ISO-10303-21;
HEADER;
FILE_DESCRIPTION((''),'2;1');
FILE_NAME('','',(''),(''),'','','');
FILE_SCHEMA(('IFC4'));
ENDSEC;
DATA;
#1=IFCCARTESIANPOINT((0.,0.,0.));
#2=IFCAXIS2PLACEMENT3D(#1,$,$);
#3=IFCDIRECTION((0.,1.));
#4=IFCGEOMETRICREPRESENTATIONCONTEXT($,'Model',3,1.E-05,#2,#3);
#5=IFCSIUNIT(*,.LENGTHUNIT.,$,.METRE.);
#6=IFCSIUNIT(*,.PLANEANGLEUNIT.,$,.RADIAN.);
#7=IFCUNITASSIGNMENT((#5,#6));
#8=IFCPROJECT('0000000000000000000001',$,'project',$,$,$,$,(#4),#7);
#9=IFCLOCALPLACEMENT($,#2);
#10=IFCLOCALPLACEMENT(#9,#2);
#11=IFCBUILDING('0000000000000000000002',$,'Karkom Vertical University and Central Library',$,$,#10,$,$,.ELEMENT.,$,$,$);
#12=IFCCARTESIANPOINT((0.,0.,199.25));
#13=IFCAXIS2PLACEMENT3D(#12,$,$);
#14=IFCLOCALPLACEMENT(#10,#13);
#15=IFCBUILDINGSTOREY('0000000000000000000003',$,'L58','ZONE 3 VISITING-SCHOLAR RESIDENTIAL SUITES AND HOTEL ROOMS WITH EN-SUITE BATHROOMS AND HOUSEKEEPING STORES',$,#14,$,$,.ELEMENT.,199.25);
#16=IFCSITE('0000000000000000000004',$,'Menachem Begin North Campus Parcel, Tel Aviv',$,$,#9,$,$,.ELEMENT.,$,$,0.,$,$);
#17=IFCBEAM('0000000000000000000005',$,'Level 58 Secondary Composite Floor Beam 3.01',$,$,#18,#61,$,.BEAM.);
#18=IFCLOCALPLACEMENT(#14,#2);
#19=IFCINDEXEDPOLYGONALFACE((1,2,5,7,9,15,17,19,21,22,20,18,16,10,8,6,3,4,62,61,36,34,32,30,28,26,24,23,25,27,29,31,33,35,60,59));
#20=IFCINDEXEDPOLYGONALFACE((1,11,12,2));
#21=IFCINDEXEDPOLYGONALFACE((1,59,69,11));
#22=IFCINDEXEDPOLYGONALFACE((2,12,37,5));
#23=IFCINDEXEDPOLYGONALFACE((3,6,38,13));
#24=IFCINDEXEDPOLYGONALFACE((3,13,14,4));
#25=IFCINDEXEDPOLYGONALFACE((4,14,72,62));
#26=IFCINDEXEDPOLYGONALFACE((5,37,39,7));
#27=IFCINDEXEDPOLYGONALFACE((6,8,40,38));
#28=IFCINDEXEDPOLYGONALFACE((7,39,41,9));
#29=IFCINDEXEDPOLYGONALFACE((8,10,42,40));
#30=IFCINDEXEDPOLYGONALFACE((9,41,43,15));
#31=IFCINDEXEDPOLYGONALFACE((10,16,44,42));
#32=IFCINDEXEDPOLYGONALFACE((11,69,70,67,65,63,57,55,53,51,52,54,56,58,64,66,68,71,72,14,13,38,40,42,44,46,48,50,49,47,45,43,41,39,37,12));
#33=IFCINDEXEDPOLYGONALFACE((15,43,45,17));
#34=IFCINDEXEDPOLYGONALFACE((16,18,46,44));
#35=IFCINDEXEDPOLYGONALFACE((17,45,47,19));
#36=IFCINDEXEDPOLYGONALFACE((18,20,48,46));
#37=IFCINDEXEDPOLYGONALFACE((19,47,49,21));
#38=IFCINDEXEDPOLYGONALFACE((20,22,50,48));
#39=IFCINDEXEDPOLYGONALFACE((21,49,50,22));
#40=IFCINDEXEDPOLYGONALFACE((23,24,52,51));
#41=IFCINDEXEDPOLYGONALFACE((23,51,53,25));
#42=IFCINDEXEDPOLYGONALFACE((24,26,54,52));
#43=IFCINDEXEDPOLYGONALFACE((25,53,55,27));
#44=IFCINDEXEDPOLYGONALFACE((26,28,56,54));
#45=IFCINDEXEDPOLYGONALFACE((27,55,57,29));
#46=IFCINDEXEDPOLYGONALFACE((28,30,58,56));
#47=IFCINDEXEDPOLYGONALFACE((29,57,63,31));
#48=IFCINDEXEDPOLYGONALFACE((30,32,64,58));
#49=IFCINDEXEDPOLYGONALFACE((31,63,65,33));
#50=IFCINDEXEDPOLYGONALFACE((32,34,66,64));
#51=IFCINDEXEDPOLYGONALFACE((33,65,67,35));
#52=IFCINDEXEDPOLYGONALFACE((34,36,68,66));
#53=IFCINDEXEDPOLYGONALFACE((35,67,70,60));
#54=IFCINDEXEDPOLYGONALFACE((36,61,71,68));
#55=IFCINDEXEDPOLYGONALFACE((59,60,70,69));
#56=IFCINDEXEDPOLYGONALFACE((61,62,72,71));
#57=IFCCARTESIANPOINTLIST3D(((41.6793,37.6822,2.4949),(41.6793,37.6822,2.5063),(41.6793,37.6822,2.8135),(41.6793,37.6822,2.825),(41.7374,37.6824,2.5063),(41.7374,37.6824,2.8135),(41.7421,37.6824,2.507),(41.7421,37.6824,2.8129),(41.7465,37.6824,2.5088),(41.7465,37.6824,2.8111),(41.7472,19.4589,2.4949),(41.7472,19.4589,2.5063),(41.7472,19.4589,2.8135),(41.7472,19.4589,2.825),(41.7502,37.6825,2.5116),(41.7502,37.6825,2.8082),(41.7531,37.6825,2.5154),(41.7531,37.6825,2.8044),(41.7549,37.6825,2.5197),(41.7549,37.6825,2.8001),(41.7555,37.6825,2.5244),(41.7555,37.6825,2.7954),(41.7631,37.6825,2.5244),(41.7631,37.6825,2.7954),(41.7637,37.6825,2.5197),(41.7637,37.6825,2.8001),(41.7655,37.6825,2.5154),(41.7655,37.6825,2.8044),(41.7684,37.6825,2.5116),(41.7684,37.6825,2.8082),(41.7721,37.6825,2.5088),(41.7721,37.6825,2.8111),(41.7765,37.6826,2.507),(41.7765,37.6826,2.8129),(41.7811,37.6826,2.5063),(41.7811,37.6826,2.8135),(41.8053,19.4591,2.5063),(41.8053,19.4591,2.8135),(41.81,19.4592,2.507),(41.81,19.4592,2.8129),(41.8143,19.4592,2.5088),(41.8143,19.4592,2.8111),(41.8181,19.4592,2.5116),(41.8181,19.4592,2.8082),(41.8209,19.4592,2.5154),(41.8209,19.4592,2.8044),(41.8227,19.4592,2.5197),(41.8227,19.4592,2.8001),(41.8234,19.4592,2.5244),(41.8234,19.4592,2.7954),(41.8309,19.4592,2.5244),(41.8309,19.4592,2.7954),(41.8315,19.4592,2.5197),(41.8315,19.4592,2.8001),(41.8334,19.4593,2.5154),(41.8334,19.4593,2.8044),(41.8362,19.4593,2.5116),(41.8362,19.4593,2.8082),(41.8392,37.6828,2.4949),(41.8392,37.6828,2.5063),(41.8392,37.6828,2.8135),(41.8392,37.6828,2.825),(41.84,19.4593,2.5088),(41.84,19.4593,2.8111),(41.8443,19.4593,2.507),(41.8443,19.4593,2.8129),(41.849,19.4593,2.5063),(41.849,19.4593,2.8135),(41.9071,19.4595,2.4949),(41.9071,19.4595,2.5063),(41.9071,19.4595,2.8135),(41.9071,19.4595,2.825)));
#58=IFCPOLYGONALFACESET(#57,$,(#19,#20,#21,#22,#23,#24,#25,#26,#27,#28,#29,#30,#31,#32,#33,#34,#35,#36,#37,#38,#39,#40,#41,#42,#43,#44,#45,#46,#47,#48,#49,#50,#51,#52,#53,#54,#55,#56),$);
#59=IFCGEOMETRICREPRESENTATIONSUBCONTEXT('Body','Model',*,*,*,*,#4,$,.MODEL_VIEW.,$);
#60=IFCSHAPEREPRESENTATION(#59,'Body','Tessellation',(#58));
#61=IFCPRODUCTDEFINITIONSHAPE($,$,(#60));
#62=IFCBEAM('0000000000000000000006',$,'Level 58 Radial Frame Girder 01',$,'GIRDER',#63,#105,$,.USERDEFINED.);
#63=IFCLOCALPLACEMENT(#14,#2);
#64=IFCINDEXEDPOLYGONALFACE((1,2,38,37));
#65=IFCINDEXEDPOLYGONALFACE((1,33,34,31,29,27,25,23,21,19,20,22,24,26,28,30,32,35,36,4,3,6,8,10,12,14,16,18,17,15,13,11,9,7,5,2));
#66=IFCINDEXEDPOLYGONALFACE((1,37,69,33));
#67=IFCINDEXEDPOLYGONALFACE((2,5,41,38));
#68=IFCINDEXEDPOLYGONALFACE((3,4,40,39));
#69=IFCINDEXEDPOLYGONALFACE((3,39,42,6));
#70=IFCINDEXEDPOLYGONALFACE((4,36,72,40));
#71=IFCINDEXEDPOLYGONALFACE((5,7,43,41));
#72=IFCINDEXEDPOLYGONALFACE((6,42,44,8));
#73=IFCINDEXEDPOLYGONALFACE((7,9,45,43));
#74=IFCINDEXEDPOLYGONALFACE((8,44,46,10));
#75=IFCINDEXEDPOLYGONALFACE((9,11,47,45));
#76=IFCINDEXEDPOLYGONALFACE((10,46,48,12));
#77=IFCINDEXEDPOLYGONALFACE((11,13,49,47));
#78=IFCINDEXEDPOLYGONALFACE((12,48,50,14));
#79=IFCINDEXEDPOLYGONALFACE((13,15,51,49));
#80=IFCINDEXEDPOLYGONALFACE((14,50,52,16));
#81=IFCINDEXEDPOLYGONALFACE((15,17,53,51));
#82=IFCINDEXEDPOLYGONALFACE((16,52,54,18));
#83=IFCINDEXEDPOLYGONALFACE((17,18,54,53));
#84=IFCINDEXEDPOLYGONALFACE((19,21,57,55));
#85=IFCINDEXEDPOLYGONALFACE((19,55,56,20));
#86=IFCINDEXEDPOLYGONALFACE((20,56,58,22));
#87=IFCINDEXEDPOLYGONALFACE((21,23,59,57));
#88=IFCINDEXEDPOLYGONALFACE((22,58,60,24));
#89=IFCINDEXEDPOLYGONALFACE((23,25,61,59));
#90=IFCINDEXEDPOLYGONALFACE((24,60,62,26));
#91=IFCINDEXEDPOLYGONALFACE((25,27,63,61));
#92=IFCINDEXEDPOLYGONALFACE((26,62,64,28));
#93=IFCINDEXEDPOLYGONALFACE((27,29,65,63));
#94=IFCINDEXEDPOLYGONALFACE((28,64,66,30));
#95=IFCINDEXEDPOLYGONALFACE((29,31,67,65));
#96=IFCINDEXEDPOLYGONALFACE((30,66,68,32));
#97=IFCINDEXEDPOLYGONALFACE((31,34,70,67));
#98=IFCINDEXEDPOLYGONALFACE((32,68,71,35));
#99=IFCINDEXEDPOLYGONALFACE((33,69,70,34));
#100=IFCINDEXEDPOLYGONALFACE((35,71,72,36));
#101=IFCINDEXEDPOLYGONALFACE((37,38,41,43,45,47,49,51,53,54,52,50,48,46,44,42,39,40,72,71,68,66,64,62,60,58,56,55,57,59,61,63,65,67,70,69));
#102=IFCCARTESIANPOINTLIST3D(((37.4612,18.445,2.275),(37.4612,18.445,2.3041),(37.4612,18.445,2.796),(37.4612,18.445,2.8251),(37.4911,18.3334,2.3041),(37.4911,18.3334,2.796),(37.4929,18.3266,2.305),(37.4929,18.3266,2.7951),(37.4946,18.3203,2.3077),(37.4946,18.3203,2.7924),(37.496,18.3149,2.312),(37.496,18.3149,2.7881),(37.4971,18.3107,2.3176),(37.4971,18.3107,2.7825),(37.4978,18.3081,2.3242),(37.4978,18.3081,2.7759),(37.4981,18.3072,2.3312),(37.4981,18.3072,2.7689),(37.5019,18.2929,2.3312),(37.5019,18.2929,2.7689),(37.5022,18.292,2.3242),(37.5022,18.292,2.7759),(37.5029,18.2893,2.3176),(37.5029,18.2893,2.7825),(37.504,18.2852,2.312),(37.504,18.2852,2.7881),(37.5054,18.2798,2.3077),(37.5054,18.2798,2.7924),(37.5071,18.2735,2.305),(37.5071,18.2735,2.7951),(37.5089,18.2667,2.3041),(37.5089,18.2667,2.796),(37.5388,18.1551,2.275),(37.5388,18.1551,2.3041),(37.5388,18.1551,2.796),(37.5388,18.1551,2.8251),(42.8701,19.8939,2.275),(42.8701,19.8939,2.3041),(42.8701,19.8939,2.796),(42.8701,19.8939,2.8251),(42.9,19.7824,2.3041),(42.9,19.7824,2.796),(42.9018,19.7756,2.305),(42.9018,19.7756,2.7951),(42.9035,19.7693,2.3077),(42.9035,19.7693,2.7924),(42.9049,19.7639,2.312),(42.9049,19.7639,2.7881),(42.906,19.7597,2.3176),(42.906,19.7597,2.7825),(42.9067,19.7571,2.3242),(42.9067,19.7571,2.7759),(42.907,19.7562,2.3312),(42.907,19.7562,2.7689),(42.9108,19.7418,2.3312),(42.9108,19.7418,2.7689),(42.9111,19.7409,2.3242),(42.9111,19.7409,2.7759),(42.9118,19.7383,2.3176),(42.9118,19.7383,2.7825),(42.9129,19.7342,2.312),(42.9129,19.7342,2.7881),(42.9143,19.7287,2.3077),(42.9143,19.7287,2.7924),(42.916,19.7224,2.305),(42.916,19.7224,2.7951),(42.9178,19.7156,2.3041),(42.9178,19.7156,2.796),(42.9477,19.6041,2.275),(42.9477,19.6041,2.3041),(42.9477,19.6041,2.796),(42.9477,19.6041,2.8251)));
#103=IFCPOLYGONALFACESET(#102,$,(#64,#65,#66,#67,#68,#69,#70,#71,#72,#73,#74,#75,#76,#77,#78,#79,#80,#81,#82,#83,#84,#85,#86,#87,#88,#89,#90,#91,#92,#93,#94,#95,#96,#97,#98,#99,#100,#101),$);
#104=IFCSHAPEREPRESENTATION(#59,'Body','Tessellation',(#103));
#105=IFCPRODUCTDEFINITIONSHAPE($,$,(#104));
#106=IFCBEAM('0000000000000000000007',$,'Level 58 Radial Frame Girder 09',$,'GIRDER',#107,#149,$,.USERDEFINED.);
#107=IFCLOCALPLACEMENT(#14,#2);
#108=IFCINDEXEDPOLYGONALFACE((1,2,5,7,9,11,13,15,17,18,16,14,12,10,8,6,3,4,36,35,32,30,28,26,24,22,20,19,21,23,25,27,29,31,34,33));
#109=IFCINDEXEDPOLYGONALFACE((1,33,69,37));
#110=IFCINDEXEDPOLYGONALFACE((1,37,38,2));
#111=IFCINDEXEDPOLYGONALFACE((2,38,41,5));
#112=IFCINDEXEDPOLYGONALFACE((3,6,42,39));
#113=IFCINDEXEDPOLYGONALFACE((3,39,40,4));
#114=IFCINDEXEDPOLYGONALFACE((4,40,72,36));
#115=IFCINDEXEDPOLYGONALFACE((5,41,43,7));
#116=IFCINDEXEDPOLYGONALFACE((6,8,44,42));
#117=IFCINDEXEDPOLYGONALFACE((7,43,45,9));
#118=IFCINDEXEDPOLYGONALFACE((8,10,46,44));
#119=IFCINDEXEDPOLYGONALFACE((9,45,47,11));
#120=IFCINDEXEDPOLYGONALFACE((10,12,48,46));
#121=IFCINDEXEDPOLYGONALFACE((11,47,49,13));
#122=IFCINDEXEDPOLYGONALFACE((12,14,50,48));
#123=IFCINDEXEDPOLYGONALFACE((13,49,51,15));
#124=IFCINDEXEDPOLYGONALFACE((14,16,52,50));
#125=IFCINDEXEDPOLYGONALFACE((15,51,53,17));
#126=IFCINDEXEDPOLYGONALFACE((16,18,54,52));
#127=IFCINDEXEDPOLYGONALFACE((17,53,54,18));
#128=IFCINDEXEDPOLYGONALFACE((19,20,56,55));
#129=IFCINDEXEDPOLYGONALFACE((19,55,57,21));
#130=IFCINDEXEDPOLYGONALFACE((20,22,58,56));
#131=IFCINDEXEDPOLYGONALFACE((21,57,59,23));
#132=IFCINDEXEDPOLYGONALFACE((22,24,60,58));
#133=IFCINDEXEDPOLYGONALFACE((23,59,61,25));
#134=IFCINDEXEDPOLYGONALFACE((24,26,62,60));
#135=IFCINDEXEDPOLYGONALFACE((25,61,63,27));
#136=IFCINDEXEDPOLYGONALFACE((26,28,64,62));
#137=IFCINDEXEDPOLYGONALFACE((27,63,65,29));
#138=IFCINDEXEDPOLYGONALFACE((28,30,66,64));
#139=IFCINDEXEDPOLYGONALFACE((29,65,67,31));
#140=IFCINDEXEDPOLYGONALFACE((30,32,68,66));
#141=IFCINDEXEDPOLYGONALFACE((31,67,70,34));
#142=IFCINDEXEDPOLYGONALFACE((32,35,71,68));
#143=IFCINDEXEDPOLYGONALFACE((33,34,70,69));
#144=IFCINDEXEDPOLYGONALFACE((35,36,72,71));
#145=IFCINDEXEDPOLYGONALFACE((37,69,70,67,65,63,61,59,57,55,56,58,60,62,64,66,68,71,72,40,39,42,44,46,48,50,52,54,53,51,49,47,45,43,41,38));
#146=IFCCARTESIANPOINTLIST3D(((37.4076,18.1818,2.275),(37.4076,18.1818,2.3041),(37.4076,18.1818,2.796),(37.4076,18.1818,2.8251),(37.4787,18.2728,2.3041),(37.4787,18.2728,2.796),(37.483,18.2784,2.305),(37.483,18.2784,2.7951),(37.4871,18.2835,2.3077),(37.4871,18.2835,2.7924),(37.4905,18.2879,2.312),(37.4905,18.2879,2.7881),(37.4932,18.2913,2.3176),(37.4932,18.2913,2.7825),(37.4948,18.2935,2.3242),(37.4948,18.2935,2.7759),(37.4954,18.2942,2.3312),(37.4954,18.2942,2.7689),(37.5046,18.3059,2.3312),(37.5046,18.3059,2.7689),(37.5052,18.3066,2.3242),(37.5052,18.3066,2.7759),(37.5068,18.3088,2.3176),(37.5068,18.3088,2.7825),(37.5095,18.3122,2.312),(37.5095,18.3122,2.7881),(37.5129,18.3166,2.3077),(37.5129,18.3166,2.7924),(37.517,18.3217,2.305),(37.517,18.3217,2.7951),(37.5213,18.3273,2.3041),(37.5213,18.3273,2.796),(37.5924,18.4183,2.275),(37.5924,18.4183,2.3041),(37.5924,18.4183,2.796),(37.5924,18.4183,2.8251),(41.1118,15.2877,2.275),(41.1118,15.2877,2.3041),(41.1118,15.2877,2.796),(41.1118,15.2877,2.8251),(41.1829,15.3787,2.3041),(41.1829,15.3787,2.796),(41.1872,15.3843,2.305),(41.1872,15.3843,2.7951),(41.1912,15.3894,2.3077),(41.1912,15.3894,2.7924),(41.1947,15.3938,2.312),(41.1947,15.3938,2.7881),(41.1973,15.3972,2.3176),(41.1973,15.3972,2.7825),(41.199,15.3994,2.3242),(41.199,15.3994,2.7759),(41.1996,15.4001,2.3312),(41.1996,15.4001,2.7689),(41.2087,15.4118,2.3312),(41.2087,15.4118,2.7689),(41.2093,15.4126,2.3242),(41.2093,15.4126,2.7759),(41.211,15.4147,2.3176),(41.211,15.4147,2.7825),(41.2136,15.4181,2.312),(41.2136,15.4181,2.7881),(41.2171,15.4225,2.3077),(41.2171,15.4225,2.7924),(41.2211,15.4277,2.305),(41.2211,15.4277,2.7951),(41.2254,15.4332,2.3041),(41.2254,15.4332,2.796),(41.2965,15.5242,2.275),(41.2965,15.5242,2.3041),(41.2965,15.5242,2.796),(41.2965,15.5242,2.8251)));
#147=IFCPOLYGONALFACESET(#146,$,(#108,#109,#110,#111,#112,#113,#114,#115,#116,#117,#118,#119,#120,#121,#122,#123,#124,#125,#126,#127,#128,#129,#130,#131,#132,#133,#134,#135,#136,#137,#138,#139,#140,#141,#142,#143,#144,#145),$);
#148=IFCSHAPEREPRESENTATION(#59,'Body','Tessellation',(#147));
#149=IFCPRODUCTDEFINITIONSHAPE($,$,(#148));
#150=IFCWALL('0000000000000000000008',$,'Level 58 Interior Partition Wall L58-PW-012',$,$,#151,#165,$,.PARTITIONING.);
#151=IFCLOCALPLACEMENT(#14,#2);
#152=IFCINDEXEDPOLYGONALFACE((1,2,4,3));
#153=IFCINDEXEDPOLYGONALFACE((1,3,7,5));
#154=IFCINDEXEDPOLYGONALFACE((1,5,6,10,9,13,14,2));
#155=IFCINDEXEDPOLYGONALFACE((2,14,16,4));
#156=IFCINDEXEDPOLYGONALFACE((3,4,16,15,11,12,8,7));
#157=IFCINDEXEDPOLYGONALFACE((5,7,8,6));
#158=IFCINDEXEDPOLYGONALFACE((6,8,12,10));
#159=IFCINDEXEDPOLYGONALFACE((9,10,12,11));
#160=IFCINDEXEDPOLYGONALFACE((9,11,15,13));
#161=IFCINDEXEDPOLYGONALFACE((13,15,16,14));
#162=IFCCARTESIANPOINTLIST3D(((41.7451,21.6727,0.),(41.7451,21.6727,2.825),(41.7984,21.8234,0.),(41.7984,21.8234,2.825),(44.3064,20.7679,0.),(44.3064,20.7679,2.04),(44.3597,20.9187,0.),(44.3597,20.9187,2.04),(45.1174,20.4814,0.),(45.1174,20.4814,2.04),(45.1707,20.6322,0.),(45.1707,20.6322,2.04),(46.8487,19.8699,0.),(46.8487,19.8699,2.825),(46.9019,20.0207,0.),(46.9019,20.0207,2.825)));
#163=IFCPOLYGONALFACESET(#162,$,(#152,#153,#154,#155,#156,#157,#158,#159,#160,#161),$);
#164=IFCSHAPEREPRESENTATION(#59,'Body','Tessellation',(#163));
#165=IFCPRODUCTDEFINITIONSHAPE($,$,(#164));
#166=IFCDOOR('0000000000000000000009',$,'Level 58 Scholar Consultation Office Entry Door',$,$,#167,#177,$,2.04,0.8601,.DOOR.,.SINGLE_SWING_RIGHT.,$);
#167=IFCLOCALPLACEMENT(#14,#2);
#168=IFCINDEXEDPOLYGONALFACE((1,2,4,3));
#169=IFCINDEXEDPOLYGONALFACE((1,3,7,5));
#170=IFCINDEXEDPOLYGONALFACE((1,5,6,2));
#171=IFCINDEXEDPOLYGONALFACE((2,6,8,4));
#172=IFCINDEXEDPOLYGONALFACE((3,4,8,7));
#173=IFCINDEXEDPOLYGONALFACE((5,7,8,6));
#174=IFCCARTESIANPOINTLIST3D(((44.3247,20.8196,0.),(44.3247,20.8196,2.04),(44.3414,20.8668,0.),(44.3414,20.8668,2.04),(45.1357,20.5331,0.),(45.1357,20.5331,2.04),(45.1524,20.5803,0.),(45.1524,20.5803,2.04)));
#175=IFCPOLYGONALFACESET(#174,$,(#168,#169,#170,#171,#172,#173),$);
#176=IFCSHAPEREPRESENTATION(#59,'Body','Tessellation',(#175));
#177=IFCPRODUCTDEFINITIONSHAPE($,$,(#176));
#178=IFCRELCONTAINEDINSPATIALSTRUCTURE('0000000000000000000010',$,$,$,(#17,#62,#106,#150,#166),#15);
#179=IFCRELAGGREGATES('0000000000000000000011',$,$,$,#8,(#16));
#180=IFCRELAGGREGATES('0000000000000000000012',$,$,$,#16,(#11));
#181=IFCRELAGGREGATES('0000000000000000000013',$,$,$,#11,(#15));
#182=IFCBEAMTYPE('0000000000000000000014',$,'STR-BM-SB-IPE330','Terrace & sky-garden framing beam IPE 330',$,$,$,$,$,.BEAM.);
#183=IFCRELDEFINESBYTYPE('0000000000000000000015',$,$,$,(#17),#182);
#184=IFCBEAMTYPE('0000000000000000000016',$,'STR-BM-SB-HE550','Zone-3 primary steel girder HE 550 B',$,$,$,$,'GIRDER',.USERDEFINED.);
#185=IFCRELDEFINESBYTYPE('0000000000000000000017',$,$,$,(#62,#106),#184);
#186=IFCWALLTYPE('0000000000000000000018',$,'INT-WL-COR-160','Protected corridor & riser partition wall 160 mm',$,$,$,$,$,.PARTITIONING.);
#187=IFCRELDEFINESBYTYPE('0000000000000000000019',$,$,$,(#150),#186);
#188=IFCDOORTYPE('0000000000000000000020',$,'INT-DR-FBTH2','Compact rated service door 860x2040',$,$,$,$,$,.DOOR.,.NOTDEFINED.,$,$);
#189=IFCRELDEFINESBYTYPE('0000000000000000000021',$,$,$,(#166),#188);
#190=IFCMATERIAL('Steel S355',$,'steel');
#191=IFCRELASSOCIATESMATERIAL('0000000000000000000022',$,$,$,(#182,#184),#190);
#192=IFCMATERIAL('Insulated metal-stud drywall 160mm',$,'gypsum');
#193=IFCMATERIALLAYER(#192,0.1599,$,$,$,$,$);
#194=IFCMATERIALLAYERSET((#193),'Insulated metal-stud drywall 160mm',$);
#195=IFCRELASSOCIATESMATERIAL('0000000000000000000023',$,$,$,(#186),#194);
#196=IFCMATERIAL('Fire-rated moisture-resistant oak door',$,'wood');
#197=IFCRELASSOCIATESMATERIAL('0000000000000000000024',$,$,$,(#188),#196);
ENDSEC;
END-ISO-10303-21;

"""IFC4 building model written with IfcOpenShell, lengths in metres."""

from ifc_helpers import new_model, si_unit, direction, frame, frame_2d, origin, origin_with_axes, origin_2d, place, context, subcontext, project, spatial, rectangle, i_section, extrude, source, transform, mapped, material, layer, layer_set, material_profile, profile_set, type_object, element, fill, save


model = new_model("IFC4")

# Units and contexts
model_context = context("Model", 3, precision=1e-05, world=origin(), true_north=direction((0.0, 1.0)))
body_context = subcontext(model_context, "Body", "Model", "MODEL_VIEW")
ifc_project = project(units=[si_unit("LENGTHUNIT", "METRE"), si_unit("PLANEANGLEUNIT", "RADIAN")], contexts=[model_context])

# Site, building, storey
site_placement = place(None, origin())
site = spatial("IfcSite", under=ifc_project, at=site_placement, Name="Menachem Begin North Campus Parcel, Tel Aviv", CompositionType="ELEMENT", RefElevation=0.0)
building_placement = place(site_placement, origin())
building = spatial("IfcBuilding", under=site, at=building_placement, Name="Karkom Vertical University and Central Library", CompositionType="ELEMENT")
storey_placement = place(building_placement, frame((0.0, 0.0, 199.25)))
storey = spatial("IfcBuildingStorey", under=building, at=storey_placement, Name="L58", Description="ZONE 3 VISITING-SCHOLAR RESIDENTIAL SUITES AND HOTEL ROOMS WITH EN-SUITE BATHROOMS AND HOUSEKEEPING STORES", CompositionType="ELEMENT", Elevation=199.25)

# Beams
ifc_material_1 = material(Name="Steel S355", Category="steel")
ifc_material_profile_1 = material_profile(ifc_material_1, i_section(OverallWidth=0.1599, OverallDepth=0.3301, WebThickness=0.0076, FlangeThickness=0.0115, FilletRadius=0.0181, at=origin_2d()), Name="IPE 330")
ifc_profile_set_1 = profile_set([ifc_material_profile_1], Name="Steel S355")
beam_type_1 = type_object("IfcBeamType", Name="STR-BM-SB-IPE330", Description="Terrace & sky-garden framing beam IPE 330", PredefinedType="BEAM", material=ifc_profile_set_1)
shared_shape_1 = source(origin_with_axes(), body_context, "Body", "SweptSolid", [
    extrude(i_section(OverallWidth=0.1599, OverallDepth=0.3301, WebThickness=0.0076, FlangeThickness=0.0115, FilletRadius=0.0181, at=origin_2d()), origin(), (0.0, 0.0, 1.0), 18.2234),
])
beam_1_placement = place(storey_placement, frame((41.8271, 19.4592, 2.6599), z_axis=(-0.003724, 0.999993, 0.0), x_axis=(-0.999993, -0.003724, 0.0)))
element("IfcBeam", 1, at=beam_1_placement, inside=storey, type_object=beam_type_1, Name="Level 58 Secondary Composite Floor Beam 3.01", PredefinedType="BEAM", context=body_context, shape_type="MappedRepresentation", body=[
    mapped(shared_shape_1, transform((0.0, 0.0, 0.0), scale=1.0)),
])
ifc_material_profile_2 = material_profile(ifc_material_1, i_section(OverallWidth=0.3, OverallDepth=0.55, WebThickness=0.0149, FlangeThickness=0.0291, FilletRadius=0.0271, at=origin_2d()), Name="HE 550 B")
ifc_profile_set_2 = profile_set([ifc_material_profile_2], Name="Steel S355")
beam_type_2 = type_object("IfcBeamType", Name="STR-BM-SB-HE550", Description="Zone-3 primary steel girder HE 550 B", ElementType="GIRDER", PredefinedType="USERDEFINED", material=ifc_profile_set_2)
shared_shape_2 = source(origin_with_axes(), body_context, "Body", "SweptSolid", [
    extrude(i_section(OverallWidth=0.3, OverallDepth=0.55, WebThickness=0.0149, FlangeThickness=0.0291, FilletRadius=0.0271, at=origin_2d()), origin(), (0.0, 0.0, 1.0), 5.5996),
])
beam_2_placement = place(storey_placement, frame((37.5, 18.3, 2.55), z_axis=(0.965941, 0.258762, 0.0), x_axis=(-0.258762, 0.965941, 0.0)))
element("IfcBeam", 2, at=beam_2_placement, inside=storey, type_object=beam_type_2, Name="Level 58 Radial Frame Girder 01", ObjectType="GIRDER", PredefinedType="USERDEFINED", context=body_context, shape_type="MappedRepresentation", body=[
    mapped(shared_shape_2, transform((0.0, 0.0, 0.0), scale=1.0)),
])
shared_shape_3 = source(origin_with_axes(), body_context, "Body", "SweptSolid", [
    extrude(i_section(OverallWidth=0.3, OverallDepth=0.55, WebThickness=0.0149, FlangeThickness=0.0291, FilletRadius=0.0271, at=origin_2d()), origin(), (0.0, 0.0, 1.0), 4.7007),
])
beam_3_placement = place(storey_placement, frame((37.5, 18.3, 2.55), z_axis=(0.788002, -0.615672, 0.0), x_axis=(0.615672, 0.788002, 0.0)))
element("IfcBeam", 3, at=beam_3_placement, inside=storey, type_object=beam_type_2, Name="Level 58 Radial Frame Girder 09", ObjectType="GIRDER", PredefinedType="USERDEFINED", context=body_context, shape_type="MappedRepresentation", body=[
    mapped(shared_shape_3, transform((0.0, 0.0, 0.0), scale=1.0)),
])

# Wall, opening, door
ifc_material_2 = material(Name="Insulated metal-stud drywall 160mm", Category="gypsum")
ifc_layer_1 = layer(ifc_material_2, 0.1599)
ifc_layer_set_1 = layer_set([ifc_layer_1], Name="Insulated metal-stud drywall 160mm")
wall_type_1 = type_object("IfcWallType", Name="INT-WL-COR-160", Description="Protected corridor & riser partition wall 160 mm", PredefinedType="PARTITIONING", material=ifc_layer_set_1)
wall_1_placement = place(storey_placement, frame((41.7717, 21.748, 0.0), z_axis=(0.0, 0.0, 1.0), x_axis=(0.942904, -0.333065, 0.0)))
wall_1 = element("IfcWall", 4, at=wall_1_placement, inside=storey, type_object=wall_type_1, Name="Level 58 Interior Partition Wall L58-PW-012", PredefinedType="PARTITIONING", context=body_context, shape_type="SweptSolid", body=[
    extrude(rectangle(XDim=5.4126, YDim=0.1599, at=frame_2d((2.7063, 0.0))), origin(), (0.0, 0.0, 1.0), 2.825),
])
opening_1_placement = place(wall_1_placement, frame((2.7163, 0.0, 0.0)))
opening_1 = element("IfcOpeningElement", 5, at=opening_1_placement, cuts=wall_1, PredefinedType="OPENING", context=body_context, shape_type="SweptSolid", body=[
    extrude(rectangle(XDim=0.8601, YDim=2.04, at=frame_2d((0.4302, 1.02))), frame((0.0, 0.0898, 0.0), z_axis=(0.0, -1.0, 0.0), x_axis=(1.0, 0.0, 0.0)), (0.0, 0.0, 1.0), 0.1799),
])
ifc_material_3 = material(Name="Fire-rated moisture-resistant oak door", Category="wood")
door_type_1 = type_object("IfcDoorType", Name="INT-DR-FBTH2", Description="Compact rated service door 860x2040", OperationType="NOTDEFINED", PredefinedType="DOOR", material=ifc_material_3)
shared_shape_4 = source(origin_with_axes(), body_context, "Body", "SweptSolid", [
    extrude(rectangle(XDim=0.8601, YDim=2.04, at=frame_2d((0.4302, 1.02))), frame((0.0, 0.0249, 0.0), z_axis=(0.0, -1.0, 0.0), x_axis=(1.0, 0.0, 0.0)), (0.0, 0.0, 1.0), 0.05),
])
door_1_placement = place(opening_1_placement, origin())
door_1 = element("IfcDoor", 6, at=door_1_placement, inside=storey, type_object=door_type_1, Name="Level 58 Scholar Consultation Office Entry Door", OperationType="SINGLE_SWING_RIGHT", OverallHeight=2.04, OverallWidth=0.8601, PredefinedType="DOOR", context=body_context, shape_type="MappedRepresentation", body=[
    mapped(shared_shape_4, transform((0.0, 0.0, 0.0), scale=1.0)),
])
fill(opening_1, door_1)

save(model, "model.ifc")
